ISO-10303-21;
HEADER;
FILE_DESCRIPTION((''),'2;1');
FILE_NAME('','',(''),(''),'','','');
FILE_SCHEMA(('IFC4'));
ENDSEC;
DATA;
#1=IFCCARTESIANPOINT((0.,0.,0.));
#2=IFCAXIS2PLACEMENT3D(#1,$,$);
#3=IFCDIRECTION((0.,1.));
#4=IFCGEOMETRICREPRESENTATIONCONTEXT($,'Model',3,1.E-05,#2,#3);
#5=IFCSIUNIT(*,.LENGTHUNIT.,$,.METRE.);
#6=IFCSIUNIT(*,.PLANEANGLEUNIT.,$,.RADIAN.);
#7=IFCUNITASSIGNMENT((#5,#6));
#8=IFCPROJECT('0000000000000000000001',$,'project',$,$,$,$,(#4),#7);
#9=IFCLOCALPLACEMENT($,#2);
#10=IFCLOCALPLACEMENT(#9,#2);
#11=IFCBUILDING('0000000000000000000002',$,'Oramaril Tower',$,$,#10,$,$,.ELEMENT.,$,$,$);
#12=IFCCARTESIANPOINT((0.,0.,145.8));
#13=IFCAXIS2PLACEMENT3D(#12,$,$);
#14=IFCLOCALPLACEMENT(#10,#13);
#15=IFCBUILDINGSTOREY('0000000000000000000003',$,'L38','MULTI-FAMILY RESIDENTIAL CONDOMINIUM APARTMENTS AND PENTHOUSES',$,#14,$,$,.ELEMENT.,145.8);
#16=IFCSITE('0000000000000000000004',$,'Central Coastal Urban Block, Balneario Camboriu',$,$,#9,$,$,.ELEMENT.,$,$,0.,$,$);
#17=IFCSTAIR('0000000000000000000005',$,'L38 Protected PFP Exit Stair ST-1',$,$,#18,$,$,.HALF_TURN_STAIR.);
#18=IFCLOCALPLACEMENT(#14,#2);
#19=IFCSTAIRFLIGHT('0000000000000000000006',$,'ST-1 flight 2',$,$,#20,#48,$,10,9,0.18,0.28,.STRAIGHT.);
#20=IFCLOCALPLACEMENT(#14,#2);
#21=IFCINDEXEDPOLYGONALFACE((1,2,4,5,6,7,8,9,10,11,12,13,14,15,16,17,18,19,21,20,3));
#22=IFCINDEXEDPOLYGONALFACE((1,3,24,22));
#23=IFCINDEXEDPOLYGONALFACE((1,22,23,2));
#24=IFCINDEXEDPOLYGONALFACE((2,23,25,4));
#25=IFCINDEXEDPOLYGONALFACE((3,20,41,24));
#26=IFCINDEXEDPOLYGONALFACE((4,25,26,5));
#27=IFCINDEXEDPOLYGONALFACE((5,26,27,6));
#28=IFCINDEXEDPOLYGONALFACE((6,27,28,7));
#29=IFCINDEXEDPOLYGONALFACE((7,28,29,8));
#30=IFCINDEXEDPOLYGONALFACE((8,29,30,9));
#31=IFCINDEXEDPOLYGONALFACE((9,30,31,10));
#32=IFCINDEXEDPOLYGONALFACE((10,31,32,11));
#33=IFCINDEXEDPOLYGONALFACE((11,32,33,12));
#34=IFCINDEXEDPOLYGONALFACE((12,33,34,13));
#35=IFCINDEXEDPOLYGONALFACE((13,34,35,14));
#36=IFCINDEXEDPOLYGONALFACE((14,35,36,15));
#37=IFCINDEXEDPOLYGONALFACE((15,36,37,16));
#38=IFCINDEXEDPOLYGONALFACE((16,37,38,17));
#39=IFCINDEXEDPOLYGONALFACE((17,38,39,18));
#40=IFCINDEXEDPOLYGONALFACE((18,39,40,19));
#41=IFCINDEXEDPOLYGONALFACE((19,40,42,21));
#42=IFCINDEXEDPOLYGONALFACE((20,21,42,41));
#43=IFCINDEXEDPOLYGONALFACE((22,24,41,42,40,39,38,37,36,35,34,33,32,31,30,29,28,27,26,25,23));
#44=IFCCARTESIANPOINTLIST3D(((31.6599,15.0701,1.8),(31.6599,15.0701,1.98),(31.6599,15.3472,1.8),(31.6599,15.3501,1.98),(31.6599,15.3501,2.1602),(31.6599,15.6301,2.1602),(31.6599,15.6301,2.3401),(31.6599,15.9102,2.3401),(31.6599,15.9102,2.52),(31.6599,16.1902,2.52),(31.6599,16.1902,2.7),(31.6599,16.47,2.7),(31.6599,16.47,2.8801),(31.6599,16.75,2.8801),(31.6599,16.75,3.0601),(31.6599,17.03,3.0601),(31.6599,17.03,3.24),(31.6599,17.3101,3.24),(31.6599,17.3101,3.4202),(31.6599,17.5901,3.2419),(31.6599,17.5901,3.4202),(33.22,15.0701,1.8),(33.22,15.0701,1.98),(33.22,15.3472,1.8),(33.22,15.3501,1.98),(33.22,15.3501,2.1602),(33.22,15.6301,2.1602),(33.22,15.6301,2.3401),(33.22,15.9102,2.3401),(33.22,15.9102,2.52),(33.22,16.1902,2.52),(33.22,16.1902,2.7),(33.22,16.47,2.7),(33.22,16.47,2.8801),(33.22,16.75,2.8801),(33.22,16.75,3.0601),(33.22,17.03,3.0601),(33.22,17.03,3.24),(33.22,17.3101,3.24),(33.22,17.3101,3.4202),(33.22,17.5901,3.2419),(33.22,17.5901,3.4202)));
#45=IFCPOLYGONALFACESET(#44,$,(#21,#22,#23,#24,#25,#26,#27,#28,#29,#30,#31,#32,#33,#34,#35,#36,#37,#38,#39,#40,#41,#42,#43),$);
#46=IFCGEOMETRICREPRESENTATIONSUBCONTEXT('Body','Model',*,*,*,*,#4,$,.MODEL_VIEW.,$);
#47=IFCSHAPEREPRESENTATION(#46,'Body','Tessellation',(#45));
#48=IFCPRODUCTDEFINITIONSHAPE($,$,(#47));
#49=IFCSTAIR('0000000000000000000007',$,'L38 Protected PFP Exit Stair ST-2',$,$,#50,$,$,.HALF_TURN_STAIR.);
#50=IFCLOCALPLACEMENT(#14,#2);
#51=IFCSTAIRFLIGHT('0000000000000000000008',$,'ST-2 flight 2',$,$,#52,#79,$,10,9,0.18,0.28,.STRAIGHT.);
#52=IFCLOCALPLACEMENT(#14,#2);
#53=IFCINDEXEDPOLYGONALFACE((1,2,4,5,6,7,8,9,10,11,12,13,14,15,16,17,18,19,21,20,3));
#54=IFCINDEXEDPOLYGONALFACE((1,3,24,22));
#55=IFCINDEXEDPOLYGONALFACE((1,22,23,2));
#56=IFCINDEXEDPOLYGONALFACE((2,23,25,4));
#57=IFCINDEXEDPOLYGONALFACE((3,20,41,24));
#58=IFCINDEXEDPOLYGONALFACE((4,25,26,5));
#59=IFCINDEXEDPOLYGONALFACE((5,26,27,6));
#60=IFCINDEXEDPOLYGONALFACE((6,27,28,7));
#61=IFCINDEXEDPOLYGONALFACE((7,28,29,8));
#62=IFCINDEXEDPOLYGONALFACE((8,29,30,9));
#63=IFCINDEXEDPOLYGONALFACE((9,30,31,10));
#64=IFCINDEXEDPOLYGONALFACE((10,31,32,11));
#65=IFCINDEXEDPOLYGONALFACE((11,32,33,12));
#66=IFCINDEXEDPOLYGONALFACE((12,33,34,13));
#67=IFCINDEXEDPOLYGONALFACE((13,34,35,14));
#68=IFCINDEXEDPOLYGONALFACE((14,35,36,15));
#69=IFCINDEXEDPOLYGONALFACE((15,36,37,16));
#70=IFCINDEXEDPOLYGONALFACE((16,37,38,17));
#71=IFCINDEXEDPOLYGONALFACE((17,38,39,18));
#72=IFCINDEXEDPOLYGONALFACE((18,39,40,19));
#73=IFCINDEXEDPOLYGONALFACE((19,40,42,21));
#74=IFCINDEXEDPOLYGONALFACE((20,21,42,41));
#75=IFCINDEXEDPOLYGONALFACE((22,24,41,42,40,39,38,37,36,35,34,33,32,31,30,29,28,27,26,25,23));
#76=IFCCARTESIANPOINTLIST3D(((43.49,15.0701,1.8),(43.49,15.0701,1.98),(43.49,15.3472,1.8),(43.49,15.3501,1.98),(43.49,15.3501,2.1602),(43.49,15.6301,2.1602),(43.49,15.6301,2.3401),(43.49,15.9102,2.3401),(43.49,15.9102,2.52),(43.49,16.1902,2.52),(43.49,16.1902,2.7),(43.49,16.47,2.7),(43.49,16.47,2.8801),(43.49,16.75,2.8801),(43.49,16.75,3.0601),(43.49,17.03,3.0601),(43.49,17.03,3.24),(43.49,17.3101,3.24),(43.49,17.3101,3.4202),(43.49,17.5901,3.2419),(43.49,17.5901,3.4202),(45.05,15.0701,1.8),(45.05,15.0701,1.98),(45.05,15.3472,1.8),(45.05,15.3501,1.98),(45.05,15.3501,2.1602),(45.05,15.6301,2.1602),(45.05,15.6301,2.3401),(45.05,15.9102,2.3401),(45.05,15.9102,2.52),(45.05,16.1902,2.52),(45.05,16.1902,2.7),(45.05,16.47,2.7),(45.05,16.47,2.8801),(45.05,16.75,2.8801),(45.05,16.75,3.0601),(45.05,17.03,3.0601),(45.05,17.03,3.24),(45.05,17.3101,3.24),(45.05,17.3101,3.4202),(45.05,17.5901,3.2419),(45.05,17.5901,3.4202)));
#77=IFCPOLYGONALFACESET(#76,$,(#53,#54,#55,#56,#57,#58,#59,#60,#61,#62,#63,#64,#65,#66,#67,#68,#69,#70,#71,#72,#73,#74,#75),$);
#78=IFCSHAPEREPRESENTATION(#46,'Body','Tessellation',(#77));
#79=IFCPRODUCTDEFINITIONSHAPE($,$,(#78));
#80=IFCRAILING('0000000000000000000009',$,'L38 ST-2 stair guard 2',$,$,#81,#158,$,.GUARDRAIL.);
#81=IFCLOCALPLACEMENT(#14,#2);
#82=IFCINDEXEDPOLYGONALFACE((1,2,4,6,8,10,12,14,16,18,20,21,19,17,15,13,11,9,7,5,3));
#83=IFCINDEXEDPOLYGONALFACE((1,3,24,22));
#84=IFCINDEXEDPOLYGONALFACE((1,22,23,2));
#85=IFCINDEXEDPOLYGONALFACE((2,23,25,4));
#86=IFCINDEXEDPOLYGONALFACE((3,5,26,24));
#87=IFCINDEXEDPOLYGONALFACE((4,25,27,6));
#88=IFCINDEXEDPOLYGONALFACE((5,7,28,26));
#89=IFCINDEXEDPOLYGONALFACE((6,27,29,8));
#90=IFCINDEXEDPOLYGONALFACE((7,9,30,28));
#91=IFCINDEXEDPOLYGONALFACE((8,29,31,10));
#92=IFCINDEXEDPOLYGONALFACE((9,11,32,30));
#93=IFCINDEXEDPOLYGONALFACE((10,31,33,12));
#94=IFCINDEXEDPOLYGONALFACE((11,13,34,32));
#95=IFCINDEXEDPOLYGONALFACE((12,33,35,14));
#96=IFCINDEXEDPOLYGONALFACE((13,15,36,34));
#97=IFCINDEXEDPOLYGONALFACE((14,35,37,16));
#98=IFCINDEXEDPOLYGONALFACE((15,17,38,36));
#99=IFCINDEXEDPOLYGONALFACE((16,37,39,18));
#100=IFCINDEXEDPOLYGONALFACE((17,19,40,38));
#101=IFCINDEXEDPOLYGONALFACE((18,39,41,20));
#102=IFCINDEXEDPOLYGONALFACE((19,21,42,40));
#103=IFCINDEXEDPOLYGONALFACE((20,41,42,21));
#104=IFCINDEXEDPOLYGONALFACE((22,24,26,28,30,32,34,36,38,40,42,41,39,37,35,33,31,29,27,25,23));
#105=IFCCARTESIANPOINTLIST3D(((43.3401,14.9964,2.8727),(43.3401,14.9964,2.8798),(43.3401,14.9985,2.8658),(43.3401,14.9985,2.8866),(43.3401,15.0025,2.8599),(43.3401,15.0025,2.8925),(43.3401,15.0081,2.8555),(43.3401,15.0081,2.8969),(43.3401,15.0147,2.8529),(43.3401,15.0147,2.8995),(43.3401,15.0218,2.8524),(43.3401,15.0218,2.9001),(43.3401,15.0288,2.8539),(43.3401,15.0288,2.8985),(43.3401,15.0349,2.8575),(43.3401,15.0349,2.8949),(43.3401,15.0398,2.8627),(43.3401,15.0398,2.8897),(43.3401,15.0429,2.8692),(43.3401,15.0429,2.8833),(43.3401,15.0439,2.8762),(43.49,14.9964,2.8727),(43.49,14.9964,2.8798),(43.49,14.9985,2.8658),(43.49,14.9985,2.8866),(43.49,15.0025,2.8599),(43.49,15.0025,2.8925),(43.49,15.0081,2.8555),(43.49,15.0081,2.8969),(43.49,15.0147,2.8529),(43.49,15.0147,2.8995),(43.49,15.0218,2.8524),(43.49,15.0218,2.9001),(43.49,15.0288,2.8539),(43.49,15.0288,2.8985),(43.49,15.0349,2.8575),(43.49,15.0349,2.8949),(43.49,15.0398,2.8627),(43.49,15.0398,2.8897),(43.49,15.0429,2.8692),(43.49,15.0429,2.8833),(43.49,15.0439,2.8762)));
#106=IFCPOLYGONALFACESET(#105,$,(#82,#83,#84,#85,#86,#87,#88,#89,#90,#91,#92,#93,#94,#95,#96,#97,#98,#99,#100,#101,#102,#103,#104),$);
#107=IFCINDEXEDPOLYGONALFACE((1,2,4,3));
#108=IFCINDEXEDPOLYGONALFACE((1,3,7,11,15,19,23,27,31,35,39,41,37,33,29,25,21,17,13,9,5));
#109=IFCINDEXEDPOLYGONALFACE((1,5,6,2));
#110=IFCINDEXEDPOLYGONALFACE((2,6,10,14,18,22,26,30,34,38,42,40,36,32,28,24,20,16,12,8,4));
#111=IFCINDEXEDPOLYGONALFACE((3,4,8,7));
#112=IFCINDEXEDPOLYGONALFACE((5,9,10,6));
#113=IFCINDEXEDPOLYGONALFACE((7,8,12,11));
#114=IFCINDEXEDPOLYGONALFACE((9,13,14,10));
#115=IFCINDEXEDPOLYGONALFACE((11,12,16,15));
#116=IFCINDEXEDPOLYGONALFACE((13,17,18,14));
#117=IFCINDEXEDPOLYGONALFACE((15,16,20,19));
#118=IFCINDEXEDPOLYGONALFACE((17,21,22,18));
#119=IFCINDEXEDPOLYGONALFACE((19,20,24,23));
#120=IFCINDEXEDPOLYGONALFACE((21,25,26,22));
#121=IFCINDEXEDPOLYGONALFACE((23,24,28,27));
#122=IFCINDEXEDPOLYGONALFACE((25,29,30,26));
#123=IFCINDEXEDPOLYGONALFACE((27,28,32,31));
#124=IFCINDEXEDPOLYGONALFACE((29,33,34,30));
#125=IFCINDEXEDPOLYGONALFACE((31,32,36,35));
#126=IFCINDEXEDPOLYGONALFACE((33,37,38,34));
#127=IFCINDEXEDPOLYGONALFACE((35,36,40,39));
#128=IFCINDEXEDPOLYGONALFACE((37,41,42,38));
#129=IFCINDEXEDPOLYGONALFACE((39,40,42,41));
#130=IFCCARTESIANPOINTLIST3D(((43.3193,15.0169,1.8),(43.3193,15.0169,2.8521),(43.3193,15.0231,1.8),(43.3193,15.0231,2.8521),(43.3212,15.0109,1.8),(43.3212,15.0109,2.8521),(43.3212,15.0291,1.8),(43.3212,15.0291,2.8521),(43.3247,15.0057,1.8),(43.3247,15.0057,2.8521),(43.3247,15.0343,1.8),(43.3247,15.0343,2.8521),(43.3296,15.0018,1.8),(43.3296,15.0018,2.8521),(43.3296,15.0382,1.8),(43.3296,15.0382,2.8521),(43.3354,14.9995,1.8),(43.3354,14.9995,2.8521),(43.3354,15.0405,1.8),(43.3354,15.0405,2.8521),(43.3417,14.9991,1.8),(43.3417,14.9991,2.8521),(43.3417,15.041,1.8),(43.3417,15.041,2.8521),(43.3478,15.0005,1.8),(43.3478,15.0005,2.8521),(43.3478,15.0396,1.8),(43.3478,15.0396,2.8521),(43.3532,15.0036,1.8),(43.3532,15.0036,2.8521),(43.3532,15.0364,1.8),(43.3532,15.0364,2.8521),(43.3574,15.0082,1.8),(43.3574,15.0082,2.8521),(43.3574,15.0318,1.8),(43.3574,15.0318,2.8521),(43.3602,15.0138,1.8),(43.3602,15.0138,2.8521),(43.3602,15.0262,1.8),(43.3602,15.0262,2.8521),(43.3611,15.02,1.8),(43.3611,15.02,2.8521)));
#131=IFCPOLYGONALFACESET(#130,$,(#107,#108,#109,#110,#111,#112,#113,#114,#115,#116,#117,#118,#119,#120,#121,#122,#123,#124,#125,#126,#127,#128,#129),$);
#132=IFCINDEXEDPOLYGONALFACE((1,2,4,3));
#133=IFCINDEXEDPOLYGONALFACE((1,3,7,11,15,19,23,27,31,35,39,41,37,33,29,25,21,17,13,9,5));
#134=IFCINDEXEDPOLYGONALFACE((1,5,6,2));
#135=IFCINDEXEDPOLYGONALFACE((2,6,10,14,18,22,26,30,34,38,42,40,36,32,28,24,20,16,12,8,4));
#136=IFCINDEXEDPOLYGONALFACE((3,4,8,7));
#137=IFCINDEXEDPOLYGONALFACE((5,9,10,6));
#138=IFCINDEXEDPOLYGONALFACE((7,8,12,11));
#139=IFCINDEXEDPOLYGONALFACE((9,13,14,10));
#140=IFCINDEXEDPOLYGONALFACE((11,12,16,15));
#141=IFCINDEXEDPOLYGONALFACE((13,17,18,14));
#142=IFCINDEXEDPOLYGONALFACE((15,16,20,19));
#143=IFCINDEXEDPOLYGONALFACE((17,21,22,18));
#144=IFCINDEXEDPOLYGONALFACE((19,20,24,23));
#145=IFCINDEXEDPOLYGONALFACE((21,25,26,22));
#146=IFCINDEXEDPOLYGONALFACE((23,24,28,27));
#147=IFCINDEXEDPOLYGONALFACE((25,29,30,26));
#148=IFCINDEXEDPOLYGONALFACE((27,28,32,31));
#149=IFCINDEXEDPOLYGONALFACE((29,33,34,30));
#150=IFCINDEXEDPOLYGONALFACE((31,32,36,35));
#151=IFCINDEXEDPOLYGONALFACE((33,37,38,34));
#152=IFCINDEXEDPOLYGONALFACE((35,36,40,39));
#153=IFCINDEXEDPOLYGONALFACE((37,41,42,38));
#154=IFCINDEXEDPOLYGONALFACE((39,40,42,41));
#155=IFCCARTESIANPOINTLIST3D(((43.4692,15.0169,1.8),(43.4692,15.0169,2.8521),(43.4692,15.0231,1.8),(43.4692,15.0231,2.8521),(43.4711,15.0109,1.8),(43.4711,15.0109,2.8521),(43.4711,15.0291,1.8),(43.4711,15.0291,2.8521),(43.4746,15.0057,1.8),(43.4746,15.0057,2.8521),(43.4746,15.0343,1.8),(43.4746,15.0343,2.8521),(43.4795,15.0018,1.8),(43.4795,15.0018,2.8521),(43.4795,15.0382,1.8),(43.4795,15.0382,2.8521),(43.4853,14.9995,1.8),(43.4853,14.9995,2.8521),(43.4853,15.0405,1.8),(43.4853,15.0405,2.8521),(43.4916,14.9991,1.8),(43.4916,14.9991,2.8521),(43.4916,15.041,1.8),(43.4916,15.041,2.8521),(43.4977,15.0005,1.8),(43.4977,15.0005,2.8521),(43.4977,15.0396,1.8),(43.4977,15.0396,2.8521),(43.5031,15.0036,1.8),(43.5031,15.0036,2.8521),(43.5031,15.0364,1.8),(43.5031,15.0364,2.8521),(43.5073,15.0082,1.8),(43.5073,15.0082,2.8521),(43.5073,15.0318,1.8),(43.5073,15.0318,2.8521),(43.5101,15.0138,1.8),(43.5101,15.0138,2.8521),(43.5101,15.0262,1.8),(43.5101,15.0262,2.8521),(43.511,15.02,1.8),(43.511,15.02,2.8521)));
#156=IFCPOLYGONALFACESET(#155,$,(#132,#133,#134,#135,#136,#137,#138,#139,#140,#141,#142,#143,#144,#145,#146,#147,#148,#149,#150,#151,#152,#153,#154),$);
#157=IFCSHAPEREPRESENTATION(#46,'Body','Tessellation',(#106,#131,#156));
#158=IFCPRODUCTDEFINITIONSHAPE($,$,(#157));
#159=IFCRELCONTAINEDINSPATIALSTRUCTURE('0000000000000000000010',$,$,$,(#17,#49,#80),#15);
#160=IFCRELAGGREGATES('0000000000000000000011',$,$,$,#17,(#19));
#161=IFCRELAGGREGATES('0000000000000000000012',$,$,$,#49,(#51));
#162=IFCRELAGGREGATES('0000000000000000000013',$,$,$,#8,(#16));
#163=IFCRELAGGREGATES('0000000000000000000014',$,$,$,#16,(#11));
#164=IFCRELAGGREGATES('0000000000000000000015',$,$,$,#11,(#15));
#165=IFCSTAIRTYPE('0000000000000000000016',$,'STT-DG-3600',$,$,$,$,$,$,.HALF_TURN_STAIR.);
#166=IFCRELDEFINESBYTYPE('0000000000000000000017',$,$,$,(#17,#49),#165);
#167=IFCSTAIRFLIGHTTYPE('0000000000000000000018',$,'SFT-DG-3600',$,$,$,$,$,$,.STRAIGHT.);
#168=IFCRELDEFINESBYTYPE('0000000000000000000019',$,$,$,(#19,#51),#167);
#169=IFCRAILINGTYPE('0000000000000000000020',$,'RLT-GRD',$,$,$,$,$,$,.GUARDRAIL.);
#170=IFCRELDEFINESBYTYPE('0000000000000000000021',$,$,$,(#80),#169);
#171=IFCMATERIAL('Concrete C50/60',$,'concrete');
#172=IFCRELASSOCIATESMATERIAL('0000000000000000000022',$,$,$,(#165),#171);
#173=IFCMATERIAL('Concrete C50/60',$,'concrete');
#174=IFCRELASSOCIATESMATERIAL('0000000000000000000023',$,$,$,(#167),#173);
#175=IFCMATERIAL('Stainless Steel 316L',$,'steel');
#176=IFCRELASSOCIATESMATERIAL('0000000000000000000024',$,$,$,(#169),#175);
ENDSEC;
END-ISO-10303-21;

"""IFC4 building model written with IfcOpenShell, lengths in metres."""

from ifc_helpers import new_model, si_unit, direction, frame, origin, origin_2d, place, context, subcontext, project, spatial, polyline, circle, outline, extrude, material, type_object, element, aggregate, save


model = new_model("IFC4")

# Units and contexts
model_context = context("Model", 3, precision=1e-05, world=origin(), true_north=direction((0.0, 1.0)))
body_context = subcontext(model_context, "Body", "Model", "MODEL_VIEW")
ifc_project = project(units=[si_unit("LENGTHUNIT", "METRE"), si_unit("PLANEANGLEUNIT", "RADIAN")], contexts=[model_context])

# Site, building, storey
site_placement = place(None, origin())
site = spatial("IfcSite", under=ifc_project, at=site_placement, Name="Central Coastal Urban Block, Balneario Camboriu", CompositionType="ELEMENT", RefElevation=0.0)
building_placement = place(site_placement, origin())
building = spatial("IfcBuilding", under=site, at=building_placement, Name="Oramaril Tower", CompositionType="ELEMENT")
storey_placement = place(building_placement, frame((0.0, 0.0, 145.8)))
storey = spatial("IfcBuildingStorey", under=building, at=storey_placement, Name="L38", Description="MULTI-FAMILY RESIDENTIAL CONDOMINIUM APARTMENTS AND PENTHOUSES", CompositionType="ELEMENT", Elevation=145.8)

# Stairs, stair flights
ifc_material_1 = material(Name="Concrete C50/60", Category="concrete")
stair_type = type_object("IfcStairType", Name="STT-DG-3600", PredefinedType="HALF_TURN_STAIR", material=ifc_material_1)
stair_1_placement = place(storey_placement, origin())
stair_1 = element("IfcStair", 1, at=stair_1_placement, inside=storey, type_object=stair_type, Name="L38 Protected PFP Exit Stair ST-1", PredefinedType="HALF_TURN_STAIR")
ifc_material_2 = material(Name="Concrete C50/60", Category="concrete")
stair_flight_type = type_object("IfcStairFlightType", Name="SFT-DG-3600", PredefinedType="STRAIGHT", material=ifc_material_2)
stair_flight_1_placement = place(storey_placement, frame((32.4399, 15.0701, 1.8), z_axis=(0.0, 0.0, 1.0), x_axis=(0.0, 1.0, 0.0)))
stair_flight_1 = element("IfcStairFlight", 2, at=stair_flight_1_placement, type_object=stair_flight_type, Name="ST-1 flight 2", NumberOfRisers=10, NumberOfTreads=9, PredefinedType="STRAIGHT", RiserHeight=0.18, TreadLength=0.28, context=body_context, shape_type="SweptSolid", body=[
    extrude(outline(polyline([(0.0, 0.0), (0.0, 0.1799), (0.28, 0.1799), (0.28, 0.3601), (0.5601, 0.3601), (0.5601, 0.54), (0.8401, 0.54), (0.8401, 0.72), (1.1201, 0.72), (1.1201, 0.8999), (1.3999, 0.8999), (1.3999, 1.0801), (1.6799, 1.0801), (1.6799, 1.26), (1.96, 1.26), (1.96, 1.4399), (2.24, 1.4399), (2.24, 1.6201), (2.52, 1.6201), (2.52, 1.8), (2.52, 1.4419), (0.2771, 0.0), (0.0, 0.0)])), frame((0.0, 0.78, 0.0), z_axis=(0.0, -1.0, 0.0), x_axis=(1.0, 0.0, 0.0)), (0.0, 0.0, 1.0), 1.5601),
])
aggregate(stair_1, [stair_flight_1])
stair_2_placement = place(storey_placement, origin())
stair_2 = element("IfcStair", 3, at=stair_2_placement, inside=storey, type_object=stair_type, Name="L38 Protected PFP Exit Stair ST-2", PredefinedType="HALF_TURN_STAIR")
stair_flight_2_placement = place(storey_placement, frame((44.27, 15.0701, 1.8), z_axis=(0.0, 0.0, 1.0), x_axis=(0.0, 1.0, 0.0)))
stair_flight_2 = element("IfcStairFlight", 4, at=stair_flight_2_placement, type_object=stair_flight_type, Name="ST-2 flight 2", NumberOfRisers=10, NumberOfTreads=9, PredefinedType="STRAIGHT", RiserHeight=0.18, TreadLength=0.28, context=body_context, shape_type="SweptSolid", body=[
    extrude(outline(polyline([(0.0, 0.0), (0.0, 0.1799), (0.28, 0.1799), (0.28, 0.3601), (0.5601, 0.3601), (0.5601, 0.54), (0.8401, 0.54), (0.8401, 0.72), (1.1201, 0.72), (1.1201, 0.8999), (1.3999, 0.8999), (1.3999, 1.0801), (1.6799, 1.0801), (1.6799, 1.26), (1.96, 1.26), (1.96, 1.4399), (2.24, 1.4399), (2.24, 1.6201), (2.52, 1.6201), (2.52, 1.8), (2.52, 1.4419), (0.2771, 0.0), (0.0, 0.0)])), frame((0.0, 0.78, 0.0), z_axis=(0.0, -1.0, 0.0), x_axis=(1.0, 0.0, 0.0)), (0.0, 0.0, 1.0), 1.5601),
])
aggregate(stair_2, [stair_flight_2])

# Railing
ifc_material_3 = material(Name="Stainless Steel 316L", Category="steel")
railing_type_1 = type_object("IfcRailingType", Name="RLT-GRD", PredefinedType="GUARDRAIL", material=ifc_material_3)
railing_1_placement = place(storey_placement, frame((43.3401, 15.02, 1.8)))
element("IfcRailing", 5, at=railing_1_placement, inside=storey, type_object=railing_type_1, Name="L38 ST-2 stair guard 2", PredefinedType="GUARDRAIL", context=body_context, shape_type="SweptSolid", body=[
    extrude(circle(Radius=0.0239, at=origin_2d()), frame((0.0, 0.0, 1.0762), z_axis=(1.0, 0.0, 0.0), x_axis=(0.0, 1.0, 0.0)), (0.0, 0.0, 1.0), 0.1499),
    extrude(circle(Radius=0.021, at=origin_2d()), origin(), (0.0, 0.0, 1.0), 1.052),
    extrude(circle(Radius=0.021, at=origin_2d()), frame((0.1499, 0.0, 0.0)), (0.0, 0.0, 1.0), 1.052),
])

save(model, "model.ifc")
